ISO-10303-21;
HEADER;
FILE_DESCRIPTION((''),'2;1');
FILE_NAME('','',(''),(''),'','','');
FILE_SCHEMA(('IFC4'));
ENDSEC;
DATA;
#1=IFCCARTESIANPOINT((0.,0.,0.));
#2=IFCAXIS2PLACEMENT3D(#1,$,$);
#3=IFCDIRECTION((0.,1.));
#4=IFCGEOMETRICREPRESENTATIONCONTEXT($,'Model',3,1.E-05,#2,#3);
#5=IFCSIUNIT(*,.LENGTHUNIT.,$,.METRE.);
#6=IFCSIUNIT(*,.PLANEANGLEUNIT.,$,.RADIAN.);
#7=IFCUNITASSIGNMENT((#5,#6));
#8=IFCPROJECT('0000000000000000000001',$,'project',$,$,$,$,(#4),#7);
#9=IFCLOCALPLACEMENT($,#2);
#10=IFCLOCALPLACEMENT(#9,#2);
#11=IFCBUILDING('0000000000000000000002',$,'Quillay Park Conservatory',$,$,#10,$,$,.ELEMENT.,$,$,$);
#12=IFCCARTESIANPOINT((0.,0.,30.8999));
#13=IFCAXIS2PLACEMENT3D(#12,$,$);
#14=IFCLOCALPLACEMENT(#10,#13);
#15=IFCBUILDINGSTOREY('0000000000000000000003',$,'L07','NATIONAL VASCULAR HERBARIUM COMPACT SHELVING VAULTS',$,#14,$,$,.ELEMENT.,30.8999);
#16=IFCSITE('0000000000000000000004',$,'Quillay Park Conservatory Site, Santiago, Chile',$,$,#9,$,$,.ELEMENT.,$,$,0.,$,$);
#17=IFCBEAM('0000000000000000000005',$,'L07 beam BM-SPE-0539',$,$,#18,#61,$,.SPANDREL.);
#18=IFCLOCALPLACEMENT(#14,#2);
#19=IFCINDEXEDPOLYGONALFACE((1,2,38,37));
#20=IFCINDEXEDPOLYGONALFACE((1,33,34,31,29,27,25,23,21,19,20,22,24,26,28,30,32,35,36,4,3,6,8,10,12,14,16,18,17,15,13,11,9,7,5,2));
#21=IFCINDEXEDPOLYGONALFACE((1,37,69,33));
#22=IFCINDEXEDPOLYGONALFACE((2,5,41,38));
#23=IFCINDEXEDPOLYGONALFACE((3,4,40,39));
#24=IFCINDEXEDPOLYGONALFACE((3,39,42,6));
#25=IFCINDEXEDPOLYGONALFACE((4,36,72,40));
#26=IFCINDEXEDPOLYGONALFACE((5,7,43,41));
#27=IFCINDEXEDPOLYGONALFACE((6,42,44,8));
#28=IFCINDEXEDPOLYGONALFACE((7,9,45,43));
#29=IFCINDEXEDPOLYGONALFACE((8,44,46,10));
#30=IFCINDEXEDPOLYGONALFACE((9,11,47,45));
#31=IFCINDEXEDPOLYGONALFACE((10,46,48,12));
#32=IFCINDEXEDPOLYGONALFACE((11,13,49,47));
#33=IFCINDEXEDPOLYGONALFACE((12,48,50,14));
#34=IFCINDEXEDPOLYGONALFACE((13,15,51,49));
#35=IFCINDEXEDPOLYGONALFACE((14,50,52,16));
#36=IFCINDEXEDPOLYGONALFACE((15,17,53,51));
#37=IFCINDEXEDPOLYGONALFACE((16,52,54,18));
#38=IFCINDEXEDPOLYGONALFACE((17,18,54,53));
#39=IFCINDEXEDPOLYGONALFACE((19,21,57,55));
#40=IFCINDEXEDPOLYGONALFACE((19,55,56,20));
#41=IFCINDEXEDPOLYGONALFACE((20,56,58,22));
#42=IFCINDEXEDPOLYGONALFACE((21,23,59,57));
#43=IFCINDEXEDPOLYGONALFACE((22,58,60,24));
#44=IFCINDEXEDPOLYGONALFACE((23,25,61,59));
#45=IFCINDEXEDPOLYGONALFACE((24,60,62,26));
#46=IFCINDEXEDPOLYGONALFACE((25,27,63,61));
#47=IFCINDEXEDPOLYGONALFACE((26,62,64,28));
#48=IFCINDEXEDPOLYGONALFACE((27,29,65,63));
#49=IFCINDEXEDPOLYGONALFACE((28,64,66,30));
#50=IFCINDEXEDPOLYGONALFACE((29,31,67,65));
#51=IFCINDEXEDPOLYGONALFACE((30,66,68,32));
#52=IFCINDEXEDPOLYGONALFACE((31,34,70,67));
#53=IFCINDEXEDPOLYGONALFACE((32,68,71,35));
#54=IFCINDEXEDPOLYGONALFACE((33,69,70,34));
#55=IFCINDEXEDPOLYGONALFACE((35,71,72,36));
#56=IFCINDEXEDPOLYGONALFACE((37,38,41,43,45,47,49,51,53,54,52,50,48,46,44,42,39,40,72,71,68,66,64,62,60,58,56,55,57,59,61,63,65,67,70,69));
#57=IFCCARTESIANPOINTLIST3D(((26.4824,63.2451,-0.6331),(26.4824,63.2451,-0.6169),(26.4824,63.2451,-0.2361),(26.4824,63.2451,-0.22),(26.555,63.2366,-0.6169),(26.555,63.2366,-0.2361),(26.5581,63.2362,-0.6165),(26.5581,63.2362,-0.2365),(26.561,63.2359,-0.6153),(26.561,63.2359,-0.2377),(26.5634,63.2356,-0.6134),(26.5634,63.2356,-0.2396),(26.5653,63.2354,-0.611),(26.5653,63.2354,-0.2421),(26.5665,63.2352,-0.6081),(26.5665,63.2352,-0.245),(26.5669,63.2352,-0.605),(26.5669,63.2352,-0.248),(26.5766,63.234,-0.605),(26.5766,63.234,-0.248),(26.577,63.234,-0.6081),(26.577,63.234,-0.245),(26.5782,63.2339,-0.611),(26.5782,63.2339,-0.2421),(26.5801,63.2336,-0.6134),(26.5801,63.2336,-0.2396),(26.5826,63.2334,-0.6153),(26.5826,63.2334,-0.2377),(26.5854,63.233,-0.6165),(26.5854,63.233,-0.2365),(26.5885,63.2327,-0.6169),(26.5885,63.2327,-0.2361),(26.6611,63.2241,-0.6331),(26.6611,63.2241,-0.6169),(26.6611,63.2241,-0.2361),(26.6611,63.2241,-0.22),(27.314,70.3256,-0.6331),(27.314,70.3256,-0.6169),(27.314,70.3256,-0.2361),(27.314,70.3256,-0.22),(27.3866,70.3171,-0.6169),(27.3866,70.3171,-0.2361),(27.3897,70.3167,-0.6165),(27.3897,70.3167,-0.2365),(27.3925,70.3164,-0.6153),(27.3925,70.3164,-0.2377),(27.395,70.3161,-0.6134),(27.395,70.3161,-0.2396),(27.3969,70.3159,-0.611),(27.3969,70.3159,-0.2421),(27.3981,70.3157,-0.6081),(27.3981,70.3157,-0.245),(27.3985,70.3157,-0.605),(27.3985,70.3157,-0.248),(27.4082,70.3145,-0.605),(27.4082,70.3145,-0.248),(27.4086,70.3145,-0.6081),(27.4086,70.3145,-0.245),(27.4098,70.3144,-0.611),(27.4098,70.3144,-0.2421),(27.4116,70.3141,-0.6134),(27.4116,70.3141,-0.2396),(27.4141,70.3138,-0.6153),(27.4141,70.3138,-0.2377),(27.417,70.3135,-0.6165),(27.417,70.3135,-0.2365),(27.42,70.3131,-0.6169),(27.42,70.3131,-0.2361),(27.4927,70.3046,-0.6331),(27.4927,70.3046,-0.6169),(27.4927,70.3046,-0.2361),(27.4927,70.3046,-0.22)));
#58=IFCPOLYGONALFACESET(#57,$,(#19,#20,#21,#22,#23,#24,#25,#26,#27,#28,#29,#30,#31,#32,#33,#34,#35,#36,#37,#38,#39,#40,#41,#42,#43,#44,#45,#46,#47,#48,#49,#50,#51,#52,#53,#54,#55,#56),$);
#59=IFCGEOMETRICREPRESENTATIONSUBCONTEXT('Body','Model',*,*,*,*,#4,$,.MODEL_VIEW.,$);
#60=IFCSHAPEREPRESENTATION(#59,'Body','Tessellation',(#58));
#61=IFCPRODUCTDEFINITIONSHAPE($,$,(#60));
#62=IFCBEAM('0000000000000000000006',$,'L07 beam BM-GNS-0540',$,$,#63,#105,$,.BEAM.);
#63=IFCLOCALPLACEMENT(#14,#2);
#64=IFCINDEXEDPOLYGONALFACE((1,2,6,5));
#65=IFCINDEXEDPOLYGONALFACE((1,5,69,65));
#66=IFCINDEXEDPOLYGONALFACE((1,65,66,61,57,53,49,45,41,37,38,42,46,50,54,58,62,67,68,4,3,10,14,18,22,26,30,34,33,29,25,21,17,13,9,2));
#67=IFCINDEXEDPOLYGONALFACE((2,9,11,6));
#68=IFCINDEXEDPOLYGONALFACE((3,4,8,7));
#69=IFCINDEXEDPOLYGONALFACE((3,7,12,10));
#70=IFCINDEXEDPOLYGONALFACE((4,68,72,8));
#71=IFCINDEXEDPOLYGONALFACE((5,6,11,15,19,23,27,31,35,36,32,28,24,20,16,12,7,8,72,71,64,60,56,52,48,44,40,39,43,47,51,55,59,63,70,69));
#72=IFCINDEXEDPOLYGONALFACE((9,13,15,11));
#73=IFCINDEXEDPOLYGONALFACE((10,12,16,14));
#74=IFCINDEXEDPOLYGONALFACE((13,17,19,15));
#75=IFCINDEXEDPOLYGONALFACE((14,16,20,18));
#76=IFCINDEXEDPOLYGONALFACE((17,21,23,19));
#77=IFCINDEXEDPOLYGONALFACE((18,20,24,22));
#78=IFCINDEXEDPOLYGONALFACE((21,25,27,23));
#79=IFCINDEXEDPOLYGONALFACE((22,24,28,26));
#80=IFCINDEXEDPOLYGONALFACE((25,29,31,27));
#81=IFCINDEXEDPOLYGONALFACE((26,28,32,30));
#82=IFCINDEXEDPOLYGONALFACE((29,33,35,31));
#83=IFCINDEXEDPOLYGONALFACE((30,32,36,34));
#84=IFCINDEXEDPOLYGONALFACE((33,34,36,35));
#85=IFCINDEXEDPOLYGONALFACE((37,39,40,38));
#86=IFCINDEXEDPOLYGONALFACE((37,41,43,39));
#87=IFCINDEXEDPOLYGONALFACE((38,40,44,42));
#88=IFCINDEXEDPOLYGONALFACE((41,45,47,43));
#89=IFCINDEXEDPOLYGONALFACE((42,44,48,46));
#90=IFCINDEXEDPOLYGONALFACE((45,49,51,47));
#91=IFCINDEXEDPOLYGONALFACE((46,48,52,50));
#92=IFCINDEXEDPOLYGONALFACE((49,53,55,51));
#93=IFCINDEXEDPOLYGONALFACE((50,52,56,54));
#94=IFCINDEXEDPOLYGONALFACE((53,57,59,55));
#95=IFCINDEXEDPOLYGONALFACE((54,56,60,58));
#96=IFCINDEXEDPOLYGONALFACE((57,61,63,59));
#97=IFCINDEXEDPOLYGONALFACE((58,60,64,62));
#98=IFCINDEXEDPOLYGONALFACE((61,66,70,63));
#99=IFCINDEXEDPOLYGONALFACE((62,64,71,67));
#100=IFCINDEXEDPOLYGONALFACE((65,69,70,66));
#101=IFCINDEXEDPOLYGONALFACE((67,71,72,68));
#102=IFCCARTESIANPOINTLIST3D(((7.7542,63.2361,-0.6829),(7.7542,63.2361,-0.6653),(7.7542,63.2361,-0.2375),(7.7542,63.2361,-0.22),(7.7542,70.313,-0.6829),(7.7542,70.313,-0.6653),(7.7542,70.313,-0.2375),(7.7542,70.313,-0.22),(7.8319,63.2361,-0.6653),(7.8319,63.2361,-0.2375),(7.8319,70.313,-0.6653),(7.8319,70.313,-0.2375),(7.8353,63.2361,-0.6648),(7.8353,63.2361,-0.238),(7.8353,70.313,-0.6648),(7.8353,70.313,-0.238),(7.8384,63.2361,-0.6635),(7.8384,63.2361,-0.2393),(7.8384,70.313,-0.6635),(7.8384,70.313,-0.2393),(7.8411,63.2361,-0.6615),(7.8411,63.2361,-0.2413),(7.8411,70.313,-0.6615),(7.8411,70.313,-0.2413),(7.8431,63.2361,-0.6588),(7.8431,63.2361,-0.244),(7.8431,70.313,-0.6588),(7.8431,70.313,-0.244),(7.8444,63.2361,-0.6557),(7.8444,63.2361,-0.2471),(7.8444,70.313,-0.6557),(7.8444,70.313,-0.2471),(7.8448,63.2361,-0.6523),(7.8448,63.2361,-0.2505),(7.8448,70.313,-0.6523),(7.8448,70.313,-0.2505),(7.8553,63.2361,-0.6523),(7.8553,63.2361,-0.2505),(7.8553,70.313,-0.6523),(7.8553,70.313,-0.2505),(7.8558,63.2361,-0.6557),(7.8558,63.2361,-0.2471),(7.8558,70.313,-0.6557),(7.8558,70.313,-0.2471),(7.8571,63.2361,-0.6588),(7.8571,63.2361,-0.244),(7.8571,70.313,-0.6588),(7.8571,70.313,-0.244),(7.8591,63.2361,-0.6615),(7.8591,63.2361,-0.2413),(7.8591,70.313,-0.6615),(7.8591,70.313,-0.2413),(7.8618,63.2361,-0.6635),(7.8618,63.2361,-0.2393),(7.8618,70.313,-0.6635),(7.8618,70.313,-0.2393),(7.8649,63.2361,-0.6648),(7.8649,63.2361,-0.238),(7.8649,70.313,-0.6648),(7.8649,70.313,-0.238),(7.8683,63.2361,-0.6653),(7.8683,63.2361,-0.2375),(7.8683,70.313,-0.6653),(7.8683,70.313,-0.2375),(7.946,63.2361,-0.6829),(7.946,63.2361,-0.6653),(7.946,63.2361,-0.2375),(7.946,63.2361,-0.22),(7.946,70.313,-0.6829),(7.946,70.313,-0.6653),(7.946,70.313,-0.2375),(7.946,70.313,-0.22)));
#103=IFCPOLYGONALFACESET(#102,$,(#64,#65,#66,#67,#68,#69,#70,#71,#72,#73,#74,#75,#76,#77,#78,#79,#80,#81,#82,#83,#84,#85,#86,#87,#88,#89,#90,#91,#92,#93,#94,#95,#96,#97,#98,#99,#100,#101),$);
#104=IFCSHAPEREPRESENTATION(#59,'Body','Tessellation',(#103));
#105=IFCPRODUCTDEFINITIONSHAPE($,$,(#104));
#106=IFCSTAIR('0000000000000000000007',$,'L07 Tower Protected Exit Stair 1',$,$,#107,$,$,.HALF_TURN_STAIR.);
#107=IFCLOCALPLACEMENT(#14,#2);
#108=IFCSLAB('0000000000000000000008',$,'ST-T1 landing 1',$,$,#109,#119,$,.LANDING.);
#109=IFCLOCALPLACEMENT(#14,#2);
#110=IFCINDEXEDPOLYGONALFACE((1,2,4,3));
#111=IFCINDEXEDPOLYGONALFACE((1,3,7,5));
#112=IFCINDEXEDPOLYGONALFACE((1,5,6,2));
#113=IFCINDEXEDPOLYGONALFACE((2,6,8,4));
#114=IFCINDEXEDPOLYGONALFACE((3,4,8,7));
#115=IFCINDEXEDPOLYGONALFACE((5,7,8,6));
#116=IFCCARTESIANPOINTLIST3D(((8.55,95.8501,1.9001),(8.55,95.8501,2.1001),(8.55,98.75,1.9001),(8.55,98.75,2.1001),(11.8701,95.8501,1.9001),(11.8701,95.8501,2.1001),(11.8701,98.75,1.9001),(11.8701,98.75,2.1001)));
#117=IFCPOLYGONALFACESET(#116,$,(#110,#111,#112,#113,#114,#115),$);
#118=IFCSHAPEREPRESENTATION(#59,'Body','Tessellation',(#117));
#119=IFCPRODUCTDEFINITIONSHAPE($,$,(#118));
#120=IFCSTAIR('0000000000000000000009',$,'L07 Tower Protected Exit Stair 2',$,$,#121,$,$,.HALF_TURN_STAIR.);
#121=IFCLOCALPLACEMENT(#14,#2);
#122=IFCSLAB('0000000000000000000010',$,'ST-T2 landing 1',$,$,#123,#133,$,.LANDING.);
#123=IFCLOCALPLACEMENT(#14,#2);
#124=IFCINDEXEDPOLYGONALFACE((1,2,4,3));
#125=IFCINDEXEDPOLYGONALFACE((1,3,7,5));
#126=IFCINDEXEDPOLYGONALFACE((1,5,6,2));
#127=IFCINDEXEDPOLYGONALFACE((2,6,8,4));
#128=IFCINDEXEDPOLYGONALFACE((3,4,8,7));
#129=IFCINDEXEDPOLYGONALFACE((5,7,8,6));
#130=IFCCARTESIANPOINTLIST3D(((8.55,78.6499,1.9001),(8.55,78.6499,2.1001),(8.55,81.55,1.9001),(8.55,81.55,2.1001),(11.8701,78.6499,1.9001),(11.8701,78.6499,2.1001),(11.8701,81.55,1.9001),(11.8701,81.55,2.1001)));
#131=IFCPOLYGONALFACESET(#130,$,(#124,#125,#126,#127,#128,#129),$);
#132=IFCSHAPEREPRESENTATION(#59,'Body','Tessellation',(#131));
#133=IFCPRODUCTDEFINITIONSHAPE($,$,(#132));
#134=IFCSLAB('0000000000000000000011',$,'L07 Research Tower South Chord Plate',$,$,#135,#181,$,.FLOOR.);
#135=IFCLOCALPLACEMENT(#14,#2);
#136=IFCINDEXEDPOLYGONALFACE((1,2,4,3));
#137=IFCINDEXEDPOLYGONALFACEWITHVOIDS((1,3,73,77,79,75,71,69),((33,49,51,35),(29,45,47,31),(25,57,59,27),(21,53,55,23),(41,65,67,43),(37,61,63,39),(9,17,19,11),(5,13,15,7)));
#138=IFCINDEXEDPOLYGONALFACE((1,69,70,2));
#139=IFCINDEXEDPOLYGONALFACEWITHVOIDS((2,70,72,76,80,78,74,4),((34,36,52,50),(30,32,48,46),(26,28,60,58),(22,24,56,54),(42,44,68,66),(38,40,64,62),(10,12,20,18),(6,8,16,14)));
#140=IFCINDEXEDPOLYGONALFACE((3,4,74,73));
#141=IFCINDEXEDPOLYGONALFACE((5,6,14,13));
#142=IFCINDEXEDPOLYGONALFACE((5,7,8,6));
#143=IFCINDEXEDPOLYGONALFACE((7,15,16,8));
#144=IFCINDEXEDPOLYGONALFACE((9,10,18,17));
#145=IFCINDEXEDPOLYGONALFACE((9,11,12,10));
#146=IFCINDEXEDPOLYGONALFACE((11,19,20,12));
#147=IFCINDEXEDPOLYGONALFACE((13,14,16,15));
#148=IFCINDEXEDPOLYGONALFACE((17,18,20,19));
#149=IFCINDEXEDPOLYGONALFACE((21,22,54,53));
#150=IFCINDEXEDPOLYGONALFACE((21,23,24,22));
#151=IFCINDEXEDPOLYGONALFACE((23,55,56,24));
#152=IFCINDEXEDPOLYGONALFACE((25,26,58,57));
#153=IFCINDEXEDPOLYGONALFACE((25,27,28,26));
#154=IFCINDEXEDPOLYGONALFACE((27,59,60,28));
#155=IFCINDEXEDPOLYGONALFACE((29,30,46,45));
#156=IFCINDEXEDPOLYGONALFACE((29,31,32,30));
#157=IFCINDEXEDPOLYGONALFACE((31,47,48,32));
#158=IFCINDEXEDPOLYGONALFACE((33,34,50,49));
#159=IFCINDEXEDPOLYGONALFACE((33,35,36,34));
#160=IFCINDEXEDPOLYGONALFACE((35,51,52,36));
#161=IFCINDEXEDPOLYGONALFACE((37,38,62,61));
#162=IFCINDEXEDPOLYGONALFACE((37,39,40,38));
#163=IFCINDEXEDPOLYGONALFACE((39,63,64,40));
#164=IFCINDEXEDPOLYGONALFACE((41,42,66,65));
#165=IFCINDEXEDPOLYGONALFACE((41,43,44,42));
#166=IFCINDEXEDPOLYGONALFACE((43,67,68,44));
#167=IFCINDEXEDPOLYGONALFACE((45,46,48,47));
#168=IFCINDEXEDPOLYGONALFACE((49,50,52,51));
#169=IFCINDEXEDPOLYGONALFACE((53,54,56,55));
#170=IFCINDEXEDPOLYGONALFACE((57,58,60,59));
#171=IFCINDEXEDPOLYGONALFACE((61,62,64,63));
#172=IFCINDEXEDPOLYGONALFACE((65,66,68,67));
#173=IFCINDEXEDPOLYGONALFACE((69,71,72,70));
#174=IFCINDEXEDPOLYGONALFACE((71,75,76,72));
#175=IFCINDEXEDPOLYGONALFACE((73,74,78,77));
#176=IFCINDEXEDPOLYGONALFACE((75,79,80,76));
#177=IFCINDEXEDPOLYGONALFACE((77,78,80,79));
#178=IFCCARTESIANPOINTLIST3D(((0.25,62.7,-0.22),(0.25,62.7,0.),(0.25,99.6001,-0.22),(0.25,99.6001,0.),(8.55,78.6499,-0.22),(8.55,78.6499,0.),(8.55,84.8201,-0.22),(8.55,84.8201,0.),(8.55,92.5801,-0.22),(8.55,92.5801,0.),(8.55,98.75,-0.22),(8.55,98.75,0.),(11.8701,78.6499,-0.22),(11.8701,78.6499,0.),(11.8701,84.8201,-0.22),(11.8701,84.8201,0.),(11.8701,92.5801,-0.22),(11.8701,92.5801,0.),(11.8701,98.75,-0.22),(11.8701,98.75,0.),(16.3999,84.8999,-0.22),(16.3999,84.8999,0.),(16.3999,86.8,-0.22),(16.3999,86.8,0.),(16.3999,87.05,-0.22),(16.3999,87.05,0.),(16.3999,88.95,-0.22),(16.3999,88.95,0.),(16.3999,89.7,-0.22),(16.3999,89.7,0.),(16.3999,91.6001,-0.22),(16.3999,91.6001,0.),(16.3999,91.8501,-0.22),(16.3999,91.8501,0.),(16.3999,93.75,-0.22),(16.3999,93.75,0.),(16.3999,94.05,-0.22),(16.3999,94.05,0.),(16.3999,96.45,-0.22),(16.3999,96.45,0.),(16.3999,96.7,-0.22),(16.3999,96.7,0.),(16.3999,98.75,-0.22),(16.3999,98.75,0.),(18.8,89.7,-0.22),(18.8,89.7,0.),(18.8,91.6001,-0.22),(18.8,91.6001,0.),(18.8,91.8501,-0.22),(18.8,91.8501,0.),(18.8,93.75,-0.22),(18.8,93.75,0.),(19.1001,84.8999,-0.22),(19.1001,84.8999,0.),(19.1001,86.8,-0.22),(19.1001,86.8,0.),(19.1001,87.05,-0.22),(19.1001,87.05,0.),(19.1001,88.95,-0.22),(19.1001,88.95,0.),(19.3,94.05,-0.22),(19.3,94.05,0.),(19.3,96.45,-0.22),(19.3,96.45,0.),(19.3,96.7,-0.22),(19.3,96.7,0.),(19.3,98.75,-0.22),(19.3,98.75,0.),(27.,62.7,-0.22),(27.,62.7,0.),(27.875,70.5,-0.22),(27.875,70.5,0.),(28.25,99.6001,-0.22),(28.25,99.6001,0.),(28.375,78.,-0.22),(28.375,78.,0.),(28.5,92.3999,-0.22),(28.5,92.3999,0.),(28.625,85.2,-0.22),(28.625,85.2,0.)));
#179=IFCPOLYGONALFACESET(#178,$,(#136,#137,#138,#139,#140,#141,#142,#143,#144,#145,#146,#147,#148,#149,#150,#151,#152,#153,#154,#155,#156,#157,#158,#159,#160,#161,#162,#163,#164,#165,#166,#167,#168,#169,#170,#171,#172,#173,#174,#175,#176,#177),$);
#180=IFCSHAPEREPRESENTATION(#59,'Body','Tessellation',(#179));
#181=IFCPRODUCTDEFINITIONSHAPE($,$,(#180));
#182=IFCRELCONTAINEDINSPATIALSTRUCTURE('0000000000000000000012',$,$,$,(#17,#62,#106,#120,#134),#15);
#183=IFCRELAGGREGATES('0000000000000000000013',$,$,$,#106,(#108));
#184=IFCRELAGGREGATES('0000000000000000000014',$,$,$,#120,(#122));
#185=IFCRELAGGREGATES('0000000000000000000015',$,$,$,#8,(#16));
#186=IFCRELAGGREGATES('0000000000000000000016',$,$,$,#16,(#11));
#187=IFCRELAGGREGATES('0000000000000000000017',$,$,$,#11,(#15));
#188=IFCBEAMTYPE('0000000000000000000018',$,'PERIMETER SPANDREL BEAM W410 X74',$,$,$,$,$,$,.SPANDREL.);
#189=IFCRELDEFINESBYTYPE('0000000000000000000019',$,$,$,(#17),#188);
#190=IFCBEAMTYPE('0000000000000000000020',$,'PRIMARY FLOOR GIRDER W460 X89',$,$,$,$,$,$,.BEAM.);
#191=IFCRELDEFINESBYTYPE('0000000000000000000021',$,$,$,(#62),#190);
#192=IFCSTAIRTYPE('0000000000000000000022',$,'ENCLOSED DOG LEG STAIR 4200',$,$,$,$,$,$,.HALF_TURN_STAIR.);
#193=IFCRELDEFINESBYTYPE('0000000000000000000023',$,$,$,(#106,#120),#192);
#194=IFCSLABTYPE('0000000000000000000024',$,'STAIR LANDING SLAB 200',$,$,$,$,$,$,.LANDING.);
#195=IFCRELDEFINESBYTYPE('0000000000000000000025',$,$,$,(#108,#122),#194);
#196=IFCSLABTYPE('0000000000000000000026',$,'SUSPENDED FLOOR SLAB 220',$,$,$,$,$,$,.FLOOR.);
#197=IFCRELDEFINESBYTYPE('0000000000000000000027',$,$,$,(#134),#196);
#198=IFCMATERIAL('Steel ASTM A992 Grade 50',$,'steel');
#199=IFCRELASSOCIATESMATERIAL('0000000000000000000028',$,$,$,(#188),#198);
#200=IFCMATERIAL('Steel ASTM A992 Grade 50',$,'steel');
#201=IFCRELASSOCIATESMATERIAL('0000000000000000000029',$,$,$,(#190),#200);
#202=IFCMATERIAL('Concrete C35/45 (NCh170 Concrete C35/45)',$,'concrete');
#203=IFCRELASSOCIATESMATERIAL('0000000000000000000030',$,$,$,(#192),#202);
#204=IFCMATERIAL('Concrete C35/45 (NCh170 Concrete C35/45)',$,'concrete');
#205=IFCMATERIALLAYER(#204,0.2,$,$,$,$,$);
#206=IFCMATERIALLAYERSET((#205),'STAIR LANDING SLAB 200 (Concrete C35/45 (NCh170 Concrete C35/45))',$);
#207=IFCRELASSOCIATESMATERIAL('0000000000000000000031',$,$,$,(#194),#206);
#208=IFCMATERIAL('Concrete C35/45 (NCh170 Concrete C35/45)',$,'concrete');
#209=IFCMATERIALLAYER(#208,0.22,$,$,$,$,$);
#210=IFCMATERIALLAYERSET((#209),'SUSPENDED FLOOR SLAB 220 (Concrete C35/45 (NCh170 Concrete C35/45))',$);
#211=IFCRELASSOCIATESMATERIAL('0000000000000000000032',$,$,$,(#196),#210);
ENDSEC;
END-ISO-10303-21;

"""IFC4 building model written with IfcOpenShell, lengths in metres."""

from ifc_helpers import new_model, si_unit, direction, frame, origin, origin_2d, place, context, subcontext, project, spatial, polyline, i_section, outline, extrude, material, layer, layer_set, material_profile, profile_set, type_object, element, aggregate, save


model = new_model("IFC4")

# Units and contexts
model_context = context("Model", 3, precision=1e-05, world=origin(), true_north=direction((0.0, 1.0)))
body_context = subcontext(model_context, "Body", "Model", "MODEL_VIEW")
ifc_project = project(units=[si_unit("LENGTHUNIT", "METRE"), si_unit("PLANEANGLEUNIT", "RADIAN")], contexts=[model_context])

# Site, building, storey
site_placement = place(None, origin())
site = spatial("IfcSite", under=ifc_project, at=site_placement, Name="Quillay Park Conservatory Site, Santiago, Chile", CompositionType="ELEMENT", RefElevation=0.0)
building_placement = place(site_placement, origin())
building = spatial("IfcBuilding", under=site, at=building_placement, Name="Quillay Park Conservatory", CompositionType="ELEMENT")
storey_placement = place(building_placement, frame((0.0, 0.0, 30.8999)))
storey = spatial("IfcBuildingStorey", under=building, at=storey_placement, Name="L07", Description="NATIONAL VASCULAR HERBARIUM COMPACT SHELVING VAULTS", CompositionType="ELEMENT", Elevation=30.8999)

# Beams
ifc_material_1 = material(Name="Steel ASTM A992 Grade 50", Category="steel")
ifc_material_profile_1 = material_profile(ifc_material_1, i_section(OverallWidth=0.1799, OverallDepth=0.4131, WebThickness=0.0098, FlangeThickness=0.0161, FilletRadius=0.012, at=origin_2d()), Name="W410x74")
ifc_profile_set_1 = profile_set([ifc_material_profile_1], Name="Steel ASTM A992 Grade 50")
beam_type_1 = type_object("IfcBeamType", Name="PERIMETER SPANDREL BEAM W410 X74", PredefinedType="SPANDREL", material=ifc_profile_set_1)
beam_1_placement = place(storey_placement, frame((26.5718, 63.2346, -0.4265), z_axis=(0.116639, 0.993174, 0.0), x_axis=(-0.993174, 0.116639, 0.0)))
element("IfcBeam", 1, at=beam_1_placement, inside=storey, type_object=beam_type_1, Name="L07 beam BM-SPE-0539", PredefinedType="SPANDREL", context=body_context, shape_type="SweptSolid", body=[
    extrude(i_section(OverallWidth=0.1799, OverallDepth=0.4131, WebThickness=0.0098, FlangeThickness=0.0161, FilletRadius=0.012, at=origin_2d()), origin(), (0.0, 0.0, 1.0), 7.1292),
])
ifc_material_2 = material(Name="Steel ASTM A992 Grade 50", Category="steel")
ifc_material_profile_2 = material_profile(ifc_material_2, i_section(OverallWidth=0.1919, OverallDepth=0.4629, WebThickness=0.0105, FlangeThickness=0.0176, FilletRadius=0.0129, at=origin_2d()), Name="W460x89")
ifc_profile_set_2 = profile_set([ifc_material_profile_2], Name="Steel ASTM A992 Grade 50")
beam_type_2 = type_object("IfcBeamType", Name="PRIMARY FLOOR GIRDER W460 X89", PredefinedType="BEAM", material=ifc_profile_set_2)
beam_2_placement = place(storey_placement, frame((7.8501, 63.2361, -0.4514), z_axis=(0.0, 1.0, 0.0), x_axis=(-1.0, 0.0, 0.0)))
element("IfcBeam", 2, at=beam_2_placement, inside=storey, type_object=beam_type_2, Name="L07 beam BM-GNS-0540", PredefinedType="BEAM", context=body_context, shape_type="SweptSolid", body=[
    extrude(i_section(OverallWidth=0.1919, OverallDepth=0.4629, WebThickness=0.0105, FlangeThickness=0.0176, FilletRadius=0.0129, at=origin_2d()), origin(), (0.0, 0.0, 1.0), 7.0769),
])

# Stairs, slabs
ifc_material_3 = material(Name="Concrete C35/45 (NCh170 Concrete C35/45)", Category="concrete")
stair_type = type_object("IfcStairType", Name="ENCLOSED DOG LEG STAIR 4200", PredefinedType="HALF_TURN_STAIR", material=ifc_material_3)
stair_1_placement = place(storey_placement, origin())
stair_1 = element("IfcStair", 3, at=stair_1_placement, inside=storey, type_object=stair_type, Name="L07 Tower Protected Exit Stair 1", PredefinedType="HALF_TURN_STAIR")
ifc_material_4 = material(Name="Concrete C35/45 (NCh170 Concrete C35/45)", Category="concrete")
ifc_layer_1 = layer(ifc_material_4, 0.2)
ifc_layer_set_1 = layer_set([ifc_layer_1], Name="STAIR LANDING SLAB 200 (Concrete C35/45 (NCh170 Concrete C35/45))")
slab_type_1 = type_object("IfcSlabType", Name="STAIR LANDING SLAB 200", PredefinedType="LANDING", material=ifc_layer_set_1)
slab_1_placement = place(storey_placement, frame((0.0, 0.0, 1.9001)))
slab_1 = element("IfcSlab", 4, at=slab_1_placement, type_object=slab_type_1, Name="ST-T1 landing 1", PredefinedType="LANDING", context=body_context, shape_type="SweptSolid", body=[
    extrude(outline(polyline([(11.8701, 95.8501), (11.8701, 98.75), (8.55, 98.75), (8.55, 95.8501), (11.8701, 95.8501)])), origin(), (0.0, 0.0, 1.0), 0.2),
])
aggregate(stair_1, [slab_1])
stair_2_placement = place(storey_placement, origin())
stair_2 = element("IfcStair", 5, at=stair_2_placement, inside=storey, type_object=stair_type, Name="L07 Tower Protected Exit Stair 2", PredefinedType="HALF_TURN_STAIR")
slab_2_placement = place(storey_placement, frame((0.0, 0.0, 1.9001)))
slab_2 = element("IfcSlab", 6, at=slab_2_placement, type_object=slab_type_1, Name="ST-T2 landing 1", PredefinedType="LANDING", context=body_context, shape_type="SweptSolid", body=[
    extrude(outline(polyline([(8.55, 81.55), (8.55, 78.6499), (11.8701, 78.6499), (11.8701, 81.55), (8.55, 81.55)])), origin(), (0.0, 0.0, 1.0), 0.2),
])
aggregate(stair_2, [slab_2])

# Slab
ifc_material_5 = material(Name="Concrete C35/45 (NCh170 Concrete C35/45)", Category="concrete")
ifc_layer_2 = layer(ifc_material_5, 0.22)
ifc_layer_set_2 = layer_set([ifc_layer_2], Name="SUSPENDED FLOOR SLAB 220 (Concrete C35/45 (NCh170 Concrete C35/45))")
slab_type_2 = type_object("IfcSlabType", Name="SUSPENDED FLOOR SLAB 220", PredefinedType="FLOOR", material=ifc_layer_set_2)
slab_3_placement = place(storey_placement, frame((0.0, 0.0, -0.22)))
element("IfcSlab", 7, at=slab_3_placement, inside=storey, type_object=slab_type_2, Name="L07 Research Tower South Chord Plate", PredefinedType="FLOOR", context=body_context, shape_type="SweptSolid", body=[
    extrude(outline(polyline([(0.25, 62.7), (27.0, 62.7), (27.875, 70.5), (28.375, 78.0), (28.625, 85.2), (28.5, 92.3999), (28.25, 99.6001), (0.25, 99.6001), (0.25, 62.7)]), holes=[polyline([(8.55, 92.5801), (11.8701, 92.5801), (11.8701, 98.75), (8.55, 98.75), (8.55, 92.5801)]), polyline([(8.55, 78.6499), (11.8701, 78.6499), (11.8701, 84.8201), (8.55, 84.8201), (8.55, 78.6499)]), polyline([(16.3999, 84.8999), (19.1001, 84.8999), (19.1001, 86.8), (16.3999, 86.8), (16.3999, 84.8999)]), polyline([(16.3999, 87.05), (19.1001, 87.05), (19.1001, 88.95), (16.3999, 88.95), (16.3999, 87.05)]), polyline([(16.3999, 89.7), (18.8, 89.7), (18.8, 91.6001), (16.3999, 91.6001), (16.3999, 89.7)]), polyline([(16.3999, 91.8501), (18.8, 91.8501), (18.8, 93.75), (16.3999, 93.75), (16.3999, 91.8501)]), polyline([(16.3999, 94.05), (19.3, 94.05), (19.3, 96.45), (16.3999, 96.45), (16.3999, 94.05)]), polyline([(16.3999, 96.7), (19.3, 96.7), (19.3, 98.75), (16.3999, 98.75), (16.3999, 96.7)])]), origin(), (0.0, 0.0, 1.0), 0.22),
])

save(model, "model.ifc")
